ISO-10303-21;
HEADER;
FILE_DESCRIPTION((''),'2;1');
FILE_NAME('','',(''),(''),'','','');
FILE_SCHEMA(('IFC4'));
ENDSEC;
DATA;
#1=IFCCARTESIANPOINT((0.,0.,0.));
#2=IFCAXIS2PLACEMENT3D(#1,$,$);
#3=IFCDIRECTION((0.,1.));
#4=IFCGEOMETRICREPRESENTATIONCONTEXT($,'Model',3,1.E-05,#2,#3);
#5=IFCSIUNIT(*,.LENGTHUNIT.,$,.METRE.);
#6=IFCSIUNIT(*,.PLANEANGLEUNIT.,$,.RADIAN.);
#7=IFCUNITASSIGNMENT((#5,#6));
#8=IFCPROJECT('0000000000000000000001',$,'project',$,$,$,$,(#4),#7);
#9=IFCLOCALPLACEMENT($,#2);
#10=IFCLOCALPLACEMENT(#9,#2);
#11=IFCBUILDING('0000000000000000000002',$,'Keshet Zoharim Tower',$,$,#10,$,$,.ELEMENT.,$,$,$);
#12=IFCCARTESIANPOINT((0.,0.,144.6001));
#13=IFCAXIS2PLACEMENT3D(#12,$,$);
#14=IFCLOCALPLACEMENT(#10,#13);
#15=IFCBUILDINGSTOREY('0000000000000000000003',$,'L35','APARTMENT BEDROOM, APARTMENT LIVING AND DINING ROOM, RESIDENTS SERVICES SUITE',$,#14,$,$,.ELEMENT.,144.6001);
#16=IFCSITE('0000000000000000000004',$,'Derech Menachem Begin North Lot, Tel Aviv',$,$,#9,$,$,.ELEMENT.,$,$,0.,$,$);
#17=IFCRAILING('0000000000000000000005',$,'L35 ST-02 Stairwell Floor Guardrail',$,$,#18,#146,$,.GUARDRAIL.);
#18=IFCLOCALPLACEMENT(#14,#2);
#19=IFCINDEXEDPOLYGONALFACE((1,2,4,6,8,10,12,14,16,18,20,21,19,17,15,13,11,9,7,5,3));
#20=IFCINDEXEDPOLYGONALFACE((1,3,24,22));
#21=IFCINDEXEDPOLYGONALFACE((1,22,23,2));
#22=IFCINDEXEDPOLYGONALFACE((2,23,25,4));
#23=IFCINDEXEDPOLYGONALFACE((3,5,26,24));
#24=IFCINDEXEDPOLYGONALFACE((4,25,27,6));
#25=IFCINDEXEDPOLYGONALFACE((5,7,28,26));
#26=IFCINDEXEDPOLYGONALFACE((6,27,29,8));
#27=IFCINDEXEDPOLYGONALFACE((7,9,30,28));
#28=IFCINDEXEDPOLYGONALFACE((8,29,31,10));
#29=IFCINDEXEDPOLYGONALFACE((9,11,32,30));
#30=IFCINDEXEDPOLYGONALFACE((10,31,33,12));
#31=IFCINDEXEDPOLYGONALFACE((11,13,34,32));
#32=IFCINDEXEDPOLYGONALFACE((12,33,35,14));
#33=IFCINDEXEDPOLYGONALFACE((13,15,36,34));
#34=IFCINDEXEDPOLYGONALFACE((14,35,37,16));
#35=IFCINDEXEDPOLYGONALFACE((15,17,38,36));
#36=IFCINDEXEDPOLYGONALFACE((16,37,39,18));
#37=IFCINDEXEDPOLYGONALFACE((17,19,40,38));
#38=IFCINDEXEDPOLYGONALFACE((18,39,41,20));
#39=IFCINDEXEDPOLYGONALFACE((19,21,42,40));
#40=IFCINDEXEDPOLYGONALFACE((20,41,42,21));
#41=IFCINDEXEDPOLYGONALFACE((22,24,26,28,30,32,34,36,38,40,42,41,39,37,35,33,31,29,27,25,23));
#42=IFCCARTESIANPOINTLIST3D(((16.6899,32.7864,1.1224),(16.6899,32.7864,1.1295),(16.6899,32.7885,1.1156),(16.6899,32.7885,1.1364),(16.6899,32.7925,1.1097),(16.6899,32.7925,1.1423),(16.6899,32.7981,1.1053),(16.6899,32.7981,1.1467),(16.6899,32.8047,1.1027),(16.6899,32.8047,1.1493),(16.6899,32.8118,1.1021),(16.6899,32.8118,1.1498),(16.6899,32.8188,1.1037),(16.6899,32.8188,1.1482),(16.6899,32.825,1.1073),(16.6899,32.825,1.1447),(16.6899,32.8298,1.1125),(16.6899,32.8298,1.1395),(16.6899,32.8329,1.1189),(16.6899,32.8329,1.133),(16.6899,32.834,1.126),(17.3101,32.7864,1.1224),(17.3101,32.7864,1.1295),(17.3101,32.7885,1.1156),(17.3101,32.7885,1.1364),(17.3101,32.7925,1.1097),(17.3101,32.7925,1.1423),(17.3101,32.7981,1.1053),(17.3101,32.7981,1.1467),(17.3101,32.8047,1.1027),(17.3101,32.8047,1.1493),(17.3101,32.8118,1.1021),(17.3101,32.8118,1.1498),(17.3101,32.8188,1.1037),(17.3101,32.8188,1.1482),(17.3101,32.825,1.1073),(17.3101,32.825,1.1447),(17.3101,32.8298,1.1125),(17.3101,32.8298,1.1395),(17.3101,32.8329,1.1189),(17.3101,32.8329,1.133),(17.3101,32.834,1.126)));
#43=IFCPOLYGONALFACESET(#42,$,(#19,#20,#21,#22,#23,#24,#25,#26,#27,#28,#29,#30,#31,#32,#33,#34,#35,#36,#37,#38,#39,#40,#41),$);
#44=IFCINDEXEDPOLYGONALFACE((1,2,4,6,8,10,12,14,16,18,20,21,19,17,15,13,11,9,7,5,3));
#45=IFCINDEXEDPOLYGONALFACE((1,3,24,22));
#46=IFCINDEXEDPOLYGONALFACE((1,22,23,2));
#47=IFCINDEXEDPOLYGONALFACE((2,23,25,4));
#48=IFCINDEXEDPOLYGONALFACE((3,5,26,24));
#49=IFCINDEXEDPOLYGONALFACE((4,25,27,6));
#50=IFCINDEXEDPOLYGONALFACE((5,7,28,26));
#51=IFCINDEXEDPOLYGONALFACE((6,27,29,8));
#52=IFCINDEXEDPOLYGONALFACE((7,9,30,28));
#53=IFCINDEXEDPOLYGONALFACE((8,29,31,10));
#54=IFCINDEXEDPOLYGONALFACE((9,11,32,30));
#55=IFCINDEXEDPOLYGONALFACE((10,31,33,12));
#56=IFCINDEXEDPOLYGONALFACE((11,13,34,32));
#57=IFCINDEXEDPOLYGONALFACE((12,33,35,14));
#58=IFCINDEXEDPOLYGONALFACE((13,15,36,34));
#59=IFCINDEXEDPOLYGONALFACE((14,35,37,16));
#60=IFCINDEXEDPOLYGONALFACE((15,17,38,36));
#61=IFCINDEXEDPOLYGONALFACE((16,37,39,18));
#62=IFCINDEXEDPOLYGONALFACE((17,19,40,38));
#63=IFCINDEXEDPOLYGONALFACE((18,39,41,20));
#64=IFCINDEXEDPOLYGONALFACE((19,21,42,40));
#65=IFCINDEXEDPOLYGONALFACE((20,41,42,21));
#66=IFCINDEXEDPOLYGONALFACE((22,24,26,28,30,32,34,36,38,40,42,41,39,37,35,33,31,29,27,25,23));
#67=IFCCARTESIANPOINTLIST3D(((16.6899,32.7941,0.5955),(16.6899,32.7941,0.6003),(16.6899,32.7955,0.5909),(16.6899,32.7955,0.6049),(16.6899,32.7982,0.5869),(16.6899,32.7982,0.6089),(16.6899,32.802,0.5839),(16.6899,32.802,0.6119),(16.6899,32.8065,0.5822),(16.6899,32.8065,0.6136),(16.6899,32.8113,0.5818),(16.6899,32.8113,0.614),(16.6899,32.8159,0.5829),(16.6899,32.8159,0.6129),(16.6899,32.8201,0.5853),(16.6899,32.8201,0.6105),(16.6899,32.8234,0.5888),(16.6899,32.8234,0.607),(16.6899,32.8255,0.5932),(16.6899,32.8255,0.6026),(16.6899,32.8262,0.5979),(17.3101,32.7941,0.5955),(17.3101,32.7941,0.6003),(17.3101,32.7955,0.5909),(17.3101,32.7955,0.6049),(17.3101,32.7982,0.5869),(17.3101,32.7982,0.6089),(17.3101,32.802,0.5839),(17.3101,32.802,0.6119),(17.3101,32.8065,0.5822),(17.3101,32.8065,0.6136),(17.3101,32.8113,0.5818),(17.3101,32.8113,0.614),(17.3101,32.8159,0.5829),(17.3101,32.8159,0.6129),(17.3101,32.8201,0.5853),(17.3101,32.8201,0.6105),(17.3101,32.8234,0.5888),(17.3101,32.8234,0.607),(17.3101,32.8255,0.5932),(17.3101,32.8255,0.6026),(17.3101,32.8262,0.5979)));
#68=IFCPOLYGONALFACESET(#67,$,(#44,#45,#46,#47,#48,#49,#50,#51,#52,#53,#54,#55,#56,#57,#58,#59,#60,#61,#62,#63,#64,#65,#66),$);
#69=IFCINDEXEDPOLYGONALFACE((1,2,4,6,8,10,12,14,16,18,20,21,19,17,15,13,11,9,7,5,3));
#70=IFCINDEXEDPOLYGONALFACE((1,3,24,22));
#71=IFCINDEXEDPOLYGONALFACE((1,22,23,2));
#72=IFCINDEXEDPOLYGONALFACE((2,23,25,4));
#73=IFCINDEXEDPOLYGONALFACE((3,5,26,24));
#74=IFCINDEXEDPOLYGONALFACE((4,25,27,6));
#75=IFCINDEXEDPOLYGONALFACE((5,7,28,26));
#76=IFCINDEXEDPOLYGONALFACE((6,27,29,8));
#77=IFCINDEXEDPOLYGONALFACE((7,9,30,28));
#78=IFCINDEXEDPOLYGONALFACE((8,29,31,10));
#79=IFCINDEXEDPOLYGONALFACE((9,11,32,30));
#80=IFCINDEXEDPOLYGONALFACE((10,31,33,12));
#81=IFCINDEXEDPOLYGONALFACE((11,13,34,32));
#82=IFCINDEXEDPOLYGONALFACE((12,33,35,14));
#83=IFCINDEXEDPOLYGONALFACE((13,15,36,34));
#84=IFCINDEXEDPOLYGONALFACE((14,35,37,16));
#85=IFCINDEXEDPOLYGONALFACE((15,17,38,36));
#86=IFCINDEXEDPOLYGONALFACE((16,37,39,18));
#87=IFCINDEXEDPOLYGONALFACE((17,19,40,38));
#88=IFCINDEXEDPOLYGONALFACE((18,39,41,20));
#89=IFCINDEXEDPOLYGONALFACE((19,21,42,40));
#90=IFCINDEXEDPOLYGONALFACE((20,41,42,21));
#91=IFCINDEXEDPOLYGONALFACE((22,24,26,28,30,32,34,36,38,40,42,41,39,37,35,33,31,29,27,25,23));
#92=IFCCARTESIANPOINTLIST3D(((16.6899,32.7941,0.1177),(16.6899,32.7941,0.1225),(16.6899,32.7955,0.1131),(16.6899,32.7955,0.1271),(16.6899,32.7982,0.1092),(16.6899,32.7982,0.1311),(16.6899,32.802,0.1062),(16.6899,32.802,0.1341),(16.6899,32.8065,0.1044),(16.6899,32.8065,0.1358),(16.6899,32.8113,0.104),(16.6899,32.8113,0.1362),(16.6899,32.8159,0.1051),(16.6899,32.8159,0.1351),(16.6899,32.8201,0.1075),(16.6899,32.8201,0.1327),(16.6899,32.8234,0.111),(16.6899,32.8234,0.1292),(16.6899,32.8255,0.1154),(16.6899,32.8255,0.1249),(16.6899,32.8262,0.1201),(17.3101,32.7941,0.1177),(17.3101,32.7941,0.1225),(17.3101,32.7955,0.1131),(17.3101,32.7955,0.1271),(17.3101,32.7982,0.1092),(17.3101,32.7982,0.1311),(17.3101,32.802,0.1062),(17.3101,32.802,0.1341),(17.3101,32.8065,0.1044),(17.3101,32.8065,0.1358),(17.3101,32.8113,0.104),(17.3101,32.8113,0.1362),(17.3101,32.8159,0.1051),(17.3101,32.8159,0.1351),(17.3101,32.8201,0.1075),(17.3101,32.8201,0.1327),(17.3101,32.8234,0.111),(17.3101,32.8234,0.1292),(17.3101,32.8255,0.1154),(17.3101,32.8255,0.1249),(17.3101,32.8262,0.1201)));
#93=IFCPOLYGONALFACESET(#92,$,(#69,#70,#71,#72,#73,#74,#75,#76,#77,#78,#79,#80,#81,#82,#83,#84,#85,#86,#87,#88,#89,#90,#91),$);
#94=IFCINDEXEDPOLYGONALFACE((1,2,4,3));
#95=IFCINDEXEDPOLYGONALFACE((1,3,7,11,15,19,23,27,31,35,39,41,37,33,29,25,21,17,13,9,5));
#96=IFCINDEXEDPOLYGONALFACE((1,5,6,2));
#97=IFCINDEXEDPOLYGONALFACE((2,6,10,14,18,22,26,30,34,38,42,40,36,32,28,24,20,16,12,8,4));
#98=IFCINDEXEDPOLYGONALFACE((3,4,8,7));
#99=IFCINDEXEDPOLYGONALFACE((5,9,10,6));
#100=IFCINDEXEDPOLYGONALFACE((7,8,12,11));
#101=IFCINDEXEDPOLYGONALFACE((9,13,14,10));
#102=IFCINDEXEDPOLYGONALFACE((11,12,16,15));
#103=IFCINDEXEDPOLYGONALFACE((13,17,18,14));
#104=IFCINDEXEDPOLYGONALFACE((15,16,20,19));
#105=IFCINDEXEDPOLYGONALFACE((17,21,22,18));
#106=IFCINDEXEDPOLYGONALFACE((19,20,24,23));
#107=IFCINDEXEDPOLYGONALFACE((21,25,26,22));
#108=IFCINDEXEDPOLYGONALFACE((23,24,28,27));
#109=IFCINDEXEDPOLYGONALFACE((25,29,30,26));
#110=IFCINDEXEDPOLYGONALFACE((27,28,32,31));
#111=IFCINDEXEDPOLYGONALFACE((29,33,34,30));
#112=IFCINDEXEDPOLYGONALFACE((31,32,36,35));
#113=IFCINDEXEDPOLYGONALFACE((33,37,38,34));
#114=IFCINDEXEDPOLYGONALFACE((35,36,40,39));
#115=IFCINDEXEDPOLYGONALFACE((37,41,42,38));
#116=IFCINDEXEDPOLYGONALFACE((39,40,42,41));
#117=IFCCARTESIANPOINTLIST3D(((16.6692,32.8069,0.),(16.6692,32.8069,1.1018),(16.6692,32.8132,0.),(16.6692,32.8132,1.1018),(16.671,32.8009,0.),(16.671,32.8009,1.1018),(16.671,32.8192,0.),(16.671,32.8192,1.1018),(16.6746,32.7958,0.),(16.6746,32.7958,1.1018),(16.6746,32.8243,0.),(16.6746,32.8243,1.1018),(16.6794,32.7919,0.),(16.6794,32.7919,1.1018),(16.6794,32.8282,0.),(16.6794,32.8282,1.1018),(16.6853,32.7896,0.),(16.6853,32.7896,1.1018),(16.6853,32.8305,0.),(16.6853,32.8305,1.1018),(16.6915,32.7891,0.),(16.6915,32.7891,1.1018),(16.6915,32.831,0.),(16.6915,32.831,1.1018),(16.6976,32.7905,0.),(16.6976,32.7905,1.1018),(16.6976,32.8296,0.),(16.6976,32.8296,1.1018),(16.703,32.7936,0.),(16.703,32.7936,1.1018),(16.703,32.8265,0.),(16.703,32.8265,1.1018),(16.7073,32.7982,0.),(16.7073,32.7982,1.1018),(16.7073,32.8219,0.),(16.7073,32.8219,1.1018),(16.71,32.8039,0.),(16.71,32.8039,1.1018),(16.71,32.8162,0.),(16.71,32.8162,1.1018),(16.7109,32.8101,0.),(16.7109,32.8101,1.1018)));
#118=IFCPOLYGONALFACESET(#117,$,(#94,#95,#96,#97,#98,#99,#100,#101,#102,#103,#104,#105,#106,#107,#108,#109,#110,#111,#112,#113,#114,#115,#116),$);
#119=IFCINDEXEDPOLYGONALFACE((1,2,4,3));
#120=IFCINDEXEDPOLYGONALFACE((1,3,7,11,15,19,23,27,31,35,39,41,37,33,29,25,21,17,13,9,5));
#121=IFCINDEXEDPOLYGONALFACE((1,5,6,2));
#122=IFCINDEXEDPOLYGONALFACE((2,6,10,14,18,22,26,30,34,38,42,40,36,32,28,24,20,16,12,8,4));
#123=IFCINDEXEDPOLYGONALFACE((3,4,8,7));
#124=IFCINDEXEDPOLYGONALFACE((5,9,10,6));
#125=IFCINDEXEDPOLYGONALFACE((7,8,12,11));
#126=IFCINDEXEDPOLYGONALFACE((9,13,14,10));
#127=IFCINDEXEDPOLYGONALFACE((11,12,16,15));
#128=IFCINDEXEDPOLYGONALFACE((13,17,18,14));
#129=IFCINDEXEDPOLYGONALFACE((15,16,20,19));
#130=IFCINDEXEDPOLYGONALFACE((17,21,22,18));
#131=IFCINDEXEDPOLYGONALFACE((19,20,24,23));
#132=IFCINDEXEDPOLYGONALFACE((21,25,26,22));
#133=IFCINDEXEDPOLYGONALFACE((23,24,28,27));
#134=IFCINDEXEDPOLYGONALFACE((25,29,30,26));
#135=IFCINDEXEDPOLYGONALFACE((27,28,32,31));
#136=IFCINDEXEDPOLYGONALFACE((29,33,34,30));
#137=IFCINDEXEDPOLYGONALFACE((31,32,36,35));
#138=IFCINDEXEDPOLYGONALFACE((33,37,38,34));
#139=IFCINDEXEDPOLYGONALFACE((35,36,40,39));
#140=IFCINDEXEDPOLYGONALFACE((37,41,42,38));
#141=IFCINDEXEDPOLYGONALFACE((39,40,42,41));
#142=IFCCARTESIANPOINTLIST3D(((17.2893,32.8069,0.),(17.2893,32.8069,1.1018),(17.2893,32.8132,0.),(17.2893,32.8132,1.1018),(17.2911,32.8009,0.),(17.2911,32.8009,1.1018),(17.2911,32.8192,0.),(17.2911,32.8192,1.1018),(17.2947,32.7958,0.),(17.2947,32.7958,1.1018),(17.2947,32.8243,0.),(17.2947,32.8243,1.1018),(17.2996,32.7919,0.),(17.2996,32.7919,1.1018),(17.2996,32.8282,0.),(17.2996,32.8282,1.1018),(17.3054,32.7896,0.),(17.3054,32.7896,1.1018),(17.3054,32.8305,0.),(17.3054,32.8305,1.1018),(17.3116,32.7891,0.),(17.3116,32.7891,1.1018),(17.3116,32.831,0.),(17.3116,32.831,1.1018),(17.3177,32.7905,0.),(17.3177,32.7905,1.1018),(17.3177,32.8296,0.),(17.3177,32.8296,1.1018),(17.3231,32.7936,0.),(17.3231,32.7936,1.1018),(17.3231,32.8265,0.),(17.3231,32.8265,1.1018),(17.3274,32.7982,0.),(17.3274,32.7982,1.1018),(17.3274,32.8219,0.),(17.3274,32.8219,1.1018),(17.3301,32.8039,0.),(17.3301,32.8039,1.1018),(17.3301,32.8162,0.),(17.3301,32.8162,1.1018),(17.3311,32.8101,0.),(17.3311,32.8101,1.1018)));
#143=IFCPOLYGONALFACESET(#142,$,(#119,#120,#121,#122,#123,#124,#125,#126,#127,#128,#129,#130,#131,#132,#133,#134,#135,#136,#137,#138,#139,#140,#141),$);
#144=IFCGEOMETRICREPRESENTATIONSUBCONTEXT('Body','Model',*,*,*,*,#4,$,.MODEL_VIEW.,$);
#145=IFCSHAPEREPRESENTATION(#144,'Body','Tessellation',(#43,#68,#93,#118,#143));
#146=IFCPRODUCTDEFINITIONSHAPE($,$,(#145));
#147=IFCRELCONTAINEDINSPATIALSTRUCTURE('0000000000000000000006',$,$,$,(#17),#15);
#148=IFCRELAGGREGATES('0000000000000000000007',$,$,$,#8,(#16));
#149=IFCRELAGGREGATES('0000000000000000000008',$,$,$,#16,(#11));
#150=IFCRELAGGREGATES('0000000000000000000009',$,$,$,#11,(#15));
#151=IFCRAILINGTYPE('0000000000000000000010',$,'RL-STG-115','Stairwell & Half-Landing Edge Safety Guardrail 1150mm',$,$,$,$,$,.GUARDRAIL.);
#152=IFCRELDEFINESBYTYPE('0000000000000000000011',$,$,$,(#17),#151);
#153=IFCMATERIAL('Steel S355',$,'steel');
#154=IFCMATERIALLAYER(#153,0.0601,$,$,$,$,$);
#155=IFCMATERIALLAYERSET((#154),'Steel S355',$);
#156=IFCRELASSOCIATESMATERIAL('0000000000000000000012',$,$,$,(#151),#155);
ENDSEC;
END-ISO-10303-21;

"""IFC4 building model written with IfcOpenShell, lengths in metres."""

from ifc_helpers import new_model, si_unit, direction, frame, origin, origin_2d, place, context, subcontext, project, spatial, circle, extrude, material, layer, layer_set, type_object, element, save


model = new_model("IFC4")

# Units and contexts
model_context = context("Model", 3, precision=1e-05, world=origin(), true_north=direction((0.0, 1.0)))
body_context = subcontext(model_context, "Body", "Model", "MODEL_VIEW")
ifc_project = project(units=[si_unit("LENGTHUNIT", "METRE"), si_unit("PLANEANGLEUNIT", "RADIAN")], contexts=[model_context])

# Site, building, storey
site_placement = place(None, origin())
site = spatial("IfcSite", under=ifc_project, at=site_placement, Name="Derech Menachem Begin North Lot, Tel Aviv", CompositionType="ELEMENT", RefElevation=0.0)
building_placement = place(site_placement, origin())
building = spatial("IfcBuilding", under=site, at=building_placement, Name="Keshet Zoharim Tower", CompositionType="ELEMENT")
storey_placement = place(building_placement, frame((0.0, 0.0, 144.6001)))
storey = spatial("IfcBuildingStorey", under=building, at=storey_placement, Name="L35", Description="APARTMENT BEDROOM, APARTMENT LIVING AND DINING ROOM, RESIDENTS SERVICES SUITE", CompositionType="ELEMENT", Elevation=144.6001)

# Shared definitions
ifc_material_1 = material(Name="Steel S355", Category="steel")

# Railing
ifc_layer_1 = layer(ifc_material_1, 0.0601)
ifc_layer_set_1 = layer_set([ifc_layer_1], Name="Steel S355")
railing_type_1 = type_object("IfcRailingType", Name="RL-STG-115", Description="Stairwell & Half-Landing Edge Safety Guardrail 1150mm", PredefinedType="GUARDRAIL", material=ifc_layer_set_1)
railing_1_placement = place(storey_placement, frame((16.6899, 32.8101, 0.0)))
element("IfcRailing", 1, at=railing_1_placement, inside=storey, type_object=railing_type_1, Name="L35 ST-02 Stairwell Floor Guardrail", PredefinedType="GUARDRAIL", context=body_context, shape_type="SweptSolid", body=[
    extrude(circle(Radius=0.0239, at=origin_2d()), frame((0.0, 0.0, 1.126), z_axis=(1.0, 0.0, 0.0), x_axis=(0.0, 1.0, 0.0)), (0.0, 0.0, 1.0), 0.6201),
    extrude(circle(Radius=0.0161, at=origin_2d()), frame((0.0, 0.0, 0.5979), z_axis=(1.0, 0.0, 0.0), x_axis=(0.0, 1.0, 0.0)), (0.0, 0.0, 1.0), 0.6201),
    extrude(circle(Radius=0.0161, at=origin_2d()), frame((0.0, 0.0, 0.1201), z_axis=(1.0, 0.0, 0.0), x_axis=(0.0, 1.0, 0.0)), (0.0, 0.0, 1.0), 0.6201),
    extrude(circle(Radius=0.021, at=origin_2d()), origin(), (0.0, 0.0, 1.0), 1.1018),
    extrude(circle(Radius=0.021, at=origin_2d()), frame((0.6201, 0.0, 0.0)), (0.0, 0.0, 1.0), 1.1018),
])

save(model, "model.ifc")
